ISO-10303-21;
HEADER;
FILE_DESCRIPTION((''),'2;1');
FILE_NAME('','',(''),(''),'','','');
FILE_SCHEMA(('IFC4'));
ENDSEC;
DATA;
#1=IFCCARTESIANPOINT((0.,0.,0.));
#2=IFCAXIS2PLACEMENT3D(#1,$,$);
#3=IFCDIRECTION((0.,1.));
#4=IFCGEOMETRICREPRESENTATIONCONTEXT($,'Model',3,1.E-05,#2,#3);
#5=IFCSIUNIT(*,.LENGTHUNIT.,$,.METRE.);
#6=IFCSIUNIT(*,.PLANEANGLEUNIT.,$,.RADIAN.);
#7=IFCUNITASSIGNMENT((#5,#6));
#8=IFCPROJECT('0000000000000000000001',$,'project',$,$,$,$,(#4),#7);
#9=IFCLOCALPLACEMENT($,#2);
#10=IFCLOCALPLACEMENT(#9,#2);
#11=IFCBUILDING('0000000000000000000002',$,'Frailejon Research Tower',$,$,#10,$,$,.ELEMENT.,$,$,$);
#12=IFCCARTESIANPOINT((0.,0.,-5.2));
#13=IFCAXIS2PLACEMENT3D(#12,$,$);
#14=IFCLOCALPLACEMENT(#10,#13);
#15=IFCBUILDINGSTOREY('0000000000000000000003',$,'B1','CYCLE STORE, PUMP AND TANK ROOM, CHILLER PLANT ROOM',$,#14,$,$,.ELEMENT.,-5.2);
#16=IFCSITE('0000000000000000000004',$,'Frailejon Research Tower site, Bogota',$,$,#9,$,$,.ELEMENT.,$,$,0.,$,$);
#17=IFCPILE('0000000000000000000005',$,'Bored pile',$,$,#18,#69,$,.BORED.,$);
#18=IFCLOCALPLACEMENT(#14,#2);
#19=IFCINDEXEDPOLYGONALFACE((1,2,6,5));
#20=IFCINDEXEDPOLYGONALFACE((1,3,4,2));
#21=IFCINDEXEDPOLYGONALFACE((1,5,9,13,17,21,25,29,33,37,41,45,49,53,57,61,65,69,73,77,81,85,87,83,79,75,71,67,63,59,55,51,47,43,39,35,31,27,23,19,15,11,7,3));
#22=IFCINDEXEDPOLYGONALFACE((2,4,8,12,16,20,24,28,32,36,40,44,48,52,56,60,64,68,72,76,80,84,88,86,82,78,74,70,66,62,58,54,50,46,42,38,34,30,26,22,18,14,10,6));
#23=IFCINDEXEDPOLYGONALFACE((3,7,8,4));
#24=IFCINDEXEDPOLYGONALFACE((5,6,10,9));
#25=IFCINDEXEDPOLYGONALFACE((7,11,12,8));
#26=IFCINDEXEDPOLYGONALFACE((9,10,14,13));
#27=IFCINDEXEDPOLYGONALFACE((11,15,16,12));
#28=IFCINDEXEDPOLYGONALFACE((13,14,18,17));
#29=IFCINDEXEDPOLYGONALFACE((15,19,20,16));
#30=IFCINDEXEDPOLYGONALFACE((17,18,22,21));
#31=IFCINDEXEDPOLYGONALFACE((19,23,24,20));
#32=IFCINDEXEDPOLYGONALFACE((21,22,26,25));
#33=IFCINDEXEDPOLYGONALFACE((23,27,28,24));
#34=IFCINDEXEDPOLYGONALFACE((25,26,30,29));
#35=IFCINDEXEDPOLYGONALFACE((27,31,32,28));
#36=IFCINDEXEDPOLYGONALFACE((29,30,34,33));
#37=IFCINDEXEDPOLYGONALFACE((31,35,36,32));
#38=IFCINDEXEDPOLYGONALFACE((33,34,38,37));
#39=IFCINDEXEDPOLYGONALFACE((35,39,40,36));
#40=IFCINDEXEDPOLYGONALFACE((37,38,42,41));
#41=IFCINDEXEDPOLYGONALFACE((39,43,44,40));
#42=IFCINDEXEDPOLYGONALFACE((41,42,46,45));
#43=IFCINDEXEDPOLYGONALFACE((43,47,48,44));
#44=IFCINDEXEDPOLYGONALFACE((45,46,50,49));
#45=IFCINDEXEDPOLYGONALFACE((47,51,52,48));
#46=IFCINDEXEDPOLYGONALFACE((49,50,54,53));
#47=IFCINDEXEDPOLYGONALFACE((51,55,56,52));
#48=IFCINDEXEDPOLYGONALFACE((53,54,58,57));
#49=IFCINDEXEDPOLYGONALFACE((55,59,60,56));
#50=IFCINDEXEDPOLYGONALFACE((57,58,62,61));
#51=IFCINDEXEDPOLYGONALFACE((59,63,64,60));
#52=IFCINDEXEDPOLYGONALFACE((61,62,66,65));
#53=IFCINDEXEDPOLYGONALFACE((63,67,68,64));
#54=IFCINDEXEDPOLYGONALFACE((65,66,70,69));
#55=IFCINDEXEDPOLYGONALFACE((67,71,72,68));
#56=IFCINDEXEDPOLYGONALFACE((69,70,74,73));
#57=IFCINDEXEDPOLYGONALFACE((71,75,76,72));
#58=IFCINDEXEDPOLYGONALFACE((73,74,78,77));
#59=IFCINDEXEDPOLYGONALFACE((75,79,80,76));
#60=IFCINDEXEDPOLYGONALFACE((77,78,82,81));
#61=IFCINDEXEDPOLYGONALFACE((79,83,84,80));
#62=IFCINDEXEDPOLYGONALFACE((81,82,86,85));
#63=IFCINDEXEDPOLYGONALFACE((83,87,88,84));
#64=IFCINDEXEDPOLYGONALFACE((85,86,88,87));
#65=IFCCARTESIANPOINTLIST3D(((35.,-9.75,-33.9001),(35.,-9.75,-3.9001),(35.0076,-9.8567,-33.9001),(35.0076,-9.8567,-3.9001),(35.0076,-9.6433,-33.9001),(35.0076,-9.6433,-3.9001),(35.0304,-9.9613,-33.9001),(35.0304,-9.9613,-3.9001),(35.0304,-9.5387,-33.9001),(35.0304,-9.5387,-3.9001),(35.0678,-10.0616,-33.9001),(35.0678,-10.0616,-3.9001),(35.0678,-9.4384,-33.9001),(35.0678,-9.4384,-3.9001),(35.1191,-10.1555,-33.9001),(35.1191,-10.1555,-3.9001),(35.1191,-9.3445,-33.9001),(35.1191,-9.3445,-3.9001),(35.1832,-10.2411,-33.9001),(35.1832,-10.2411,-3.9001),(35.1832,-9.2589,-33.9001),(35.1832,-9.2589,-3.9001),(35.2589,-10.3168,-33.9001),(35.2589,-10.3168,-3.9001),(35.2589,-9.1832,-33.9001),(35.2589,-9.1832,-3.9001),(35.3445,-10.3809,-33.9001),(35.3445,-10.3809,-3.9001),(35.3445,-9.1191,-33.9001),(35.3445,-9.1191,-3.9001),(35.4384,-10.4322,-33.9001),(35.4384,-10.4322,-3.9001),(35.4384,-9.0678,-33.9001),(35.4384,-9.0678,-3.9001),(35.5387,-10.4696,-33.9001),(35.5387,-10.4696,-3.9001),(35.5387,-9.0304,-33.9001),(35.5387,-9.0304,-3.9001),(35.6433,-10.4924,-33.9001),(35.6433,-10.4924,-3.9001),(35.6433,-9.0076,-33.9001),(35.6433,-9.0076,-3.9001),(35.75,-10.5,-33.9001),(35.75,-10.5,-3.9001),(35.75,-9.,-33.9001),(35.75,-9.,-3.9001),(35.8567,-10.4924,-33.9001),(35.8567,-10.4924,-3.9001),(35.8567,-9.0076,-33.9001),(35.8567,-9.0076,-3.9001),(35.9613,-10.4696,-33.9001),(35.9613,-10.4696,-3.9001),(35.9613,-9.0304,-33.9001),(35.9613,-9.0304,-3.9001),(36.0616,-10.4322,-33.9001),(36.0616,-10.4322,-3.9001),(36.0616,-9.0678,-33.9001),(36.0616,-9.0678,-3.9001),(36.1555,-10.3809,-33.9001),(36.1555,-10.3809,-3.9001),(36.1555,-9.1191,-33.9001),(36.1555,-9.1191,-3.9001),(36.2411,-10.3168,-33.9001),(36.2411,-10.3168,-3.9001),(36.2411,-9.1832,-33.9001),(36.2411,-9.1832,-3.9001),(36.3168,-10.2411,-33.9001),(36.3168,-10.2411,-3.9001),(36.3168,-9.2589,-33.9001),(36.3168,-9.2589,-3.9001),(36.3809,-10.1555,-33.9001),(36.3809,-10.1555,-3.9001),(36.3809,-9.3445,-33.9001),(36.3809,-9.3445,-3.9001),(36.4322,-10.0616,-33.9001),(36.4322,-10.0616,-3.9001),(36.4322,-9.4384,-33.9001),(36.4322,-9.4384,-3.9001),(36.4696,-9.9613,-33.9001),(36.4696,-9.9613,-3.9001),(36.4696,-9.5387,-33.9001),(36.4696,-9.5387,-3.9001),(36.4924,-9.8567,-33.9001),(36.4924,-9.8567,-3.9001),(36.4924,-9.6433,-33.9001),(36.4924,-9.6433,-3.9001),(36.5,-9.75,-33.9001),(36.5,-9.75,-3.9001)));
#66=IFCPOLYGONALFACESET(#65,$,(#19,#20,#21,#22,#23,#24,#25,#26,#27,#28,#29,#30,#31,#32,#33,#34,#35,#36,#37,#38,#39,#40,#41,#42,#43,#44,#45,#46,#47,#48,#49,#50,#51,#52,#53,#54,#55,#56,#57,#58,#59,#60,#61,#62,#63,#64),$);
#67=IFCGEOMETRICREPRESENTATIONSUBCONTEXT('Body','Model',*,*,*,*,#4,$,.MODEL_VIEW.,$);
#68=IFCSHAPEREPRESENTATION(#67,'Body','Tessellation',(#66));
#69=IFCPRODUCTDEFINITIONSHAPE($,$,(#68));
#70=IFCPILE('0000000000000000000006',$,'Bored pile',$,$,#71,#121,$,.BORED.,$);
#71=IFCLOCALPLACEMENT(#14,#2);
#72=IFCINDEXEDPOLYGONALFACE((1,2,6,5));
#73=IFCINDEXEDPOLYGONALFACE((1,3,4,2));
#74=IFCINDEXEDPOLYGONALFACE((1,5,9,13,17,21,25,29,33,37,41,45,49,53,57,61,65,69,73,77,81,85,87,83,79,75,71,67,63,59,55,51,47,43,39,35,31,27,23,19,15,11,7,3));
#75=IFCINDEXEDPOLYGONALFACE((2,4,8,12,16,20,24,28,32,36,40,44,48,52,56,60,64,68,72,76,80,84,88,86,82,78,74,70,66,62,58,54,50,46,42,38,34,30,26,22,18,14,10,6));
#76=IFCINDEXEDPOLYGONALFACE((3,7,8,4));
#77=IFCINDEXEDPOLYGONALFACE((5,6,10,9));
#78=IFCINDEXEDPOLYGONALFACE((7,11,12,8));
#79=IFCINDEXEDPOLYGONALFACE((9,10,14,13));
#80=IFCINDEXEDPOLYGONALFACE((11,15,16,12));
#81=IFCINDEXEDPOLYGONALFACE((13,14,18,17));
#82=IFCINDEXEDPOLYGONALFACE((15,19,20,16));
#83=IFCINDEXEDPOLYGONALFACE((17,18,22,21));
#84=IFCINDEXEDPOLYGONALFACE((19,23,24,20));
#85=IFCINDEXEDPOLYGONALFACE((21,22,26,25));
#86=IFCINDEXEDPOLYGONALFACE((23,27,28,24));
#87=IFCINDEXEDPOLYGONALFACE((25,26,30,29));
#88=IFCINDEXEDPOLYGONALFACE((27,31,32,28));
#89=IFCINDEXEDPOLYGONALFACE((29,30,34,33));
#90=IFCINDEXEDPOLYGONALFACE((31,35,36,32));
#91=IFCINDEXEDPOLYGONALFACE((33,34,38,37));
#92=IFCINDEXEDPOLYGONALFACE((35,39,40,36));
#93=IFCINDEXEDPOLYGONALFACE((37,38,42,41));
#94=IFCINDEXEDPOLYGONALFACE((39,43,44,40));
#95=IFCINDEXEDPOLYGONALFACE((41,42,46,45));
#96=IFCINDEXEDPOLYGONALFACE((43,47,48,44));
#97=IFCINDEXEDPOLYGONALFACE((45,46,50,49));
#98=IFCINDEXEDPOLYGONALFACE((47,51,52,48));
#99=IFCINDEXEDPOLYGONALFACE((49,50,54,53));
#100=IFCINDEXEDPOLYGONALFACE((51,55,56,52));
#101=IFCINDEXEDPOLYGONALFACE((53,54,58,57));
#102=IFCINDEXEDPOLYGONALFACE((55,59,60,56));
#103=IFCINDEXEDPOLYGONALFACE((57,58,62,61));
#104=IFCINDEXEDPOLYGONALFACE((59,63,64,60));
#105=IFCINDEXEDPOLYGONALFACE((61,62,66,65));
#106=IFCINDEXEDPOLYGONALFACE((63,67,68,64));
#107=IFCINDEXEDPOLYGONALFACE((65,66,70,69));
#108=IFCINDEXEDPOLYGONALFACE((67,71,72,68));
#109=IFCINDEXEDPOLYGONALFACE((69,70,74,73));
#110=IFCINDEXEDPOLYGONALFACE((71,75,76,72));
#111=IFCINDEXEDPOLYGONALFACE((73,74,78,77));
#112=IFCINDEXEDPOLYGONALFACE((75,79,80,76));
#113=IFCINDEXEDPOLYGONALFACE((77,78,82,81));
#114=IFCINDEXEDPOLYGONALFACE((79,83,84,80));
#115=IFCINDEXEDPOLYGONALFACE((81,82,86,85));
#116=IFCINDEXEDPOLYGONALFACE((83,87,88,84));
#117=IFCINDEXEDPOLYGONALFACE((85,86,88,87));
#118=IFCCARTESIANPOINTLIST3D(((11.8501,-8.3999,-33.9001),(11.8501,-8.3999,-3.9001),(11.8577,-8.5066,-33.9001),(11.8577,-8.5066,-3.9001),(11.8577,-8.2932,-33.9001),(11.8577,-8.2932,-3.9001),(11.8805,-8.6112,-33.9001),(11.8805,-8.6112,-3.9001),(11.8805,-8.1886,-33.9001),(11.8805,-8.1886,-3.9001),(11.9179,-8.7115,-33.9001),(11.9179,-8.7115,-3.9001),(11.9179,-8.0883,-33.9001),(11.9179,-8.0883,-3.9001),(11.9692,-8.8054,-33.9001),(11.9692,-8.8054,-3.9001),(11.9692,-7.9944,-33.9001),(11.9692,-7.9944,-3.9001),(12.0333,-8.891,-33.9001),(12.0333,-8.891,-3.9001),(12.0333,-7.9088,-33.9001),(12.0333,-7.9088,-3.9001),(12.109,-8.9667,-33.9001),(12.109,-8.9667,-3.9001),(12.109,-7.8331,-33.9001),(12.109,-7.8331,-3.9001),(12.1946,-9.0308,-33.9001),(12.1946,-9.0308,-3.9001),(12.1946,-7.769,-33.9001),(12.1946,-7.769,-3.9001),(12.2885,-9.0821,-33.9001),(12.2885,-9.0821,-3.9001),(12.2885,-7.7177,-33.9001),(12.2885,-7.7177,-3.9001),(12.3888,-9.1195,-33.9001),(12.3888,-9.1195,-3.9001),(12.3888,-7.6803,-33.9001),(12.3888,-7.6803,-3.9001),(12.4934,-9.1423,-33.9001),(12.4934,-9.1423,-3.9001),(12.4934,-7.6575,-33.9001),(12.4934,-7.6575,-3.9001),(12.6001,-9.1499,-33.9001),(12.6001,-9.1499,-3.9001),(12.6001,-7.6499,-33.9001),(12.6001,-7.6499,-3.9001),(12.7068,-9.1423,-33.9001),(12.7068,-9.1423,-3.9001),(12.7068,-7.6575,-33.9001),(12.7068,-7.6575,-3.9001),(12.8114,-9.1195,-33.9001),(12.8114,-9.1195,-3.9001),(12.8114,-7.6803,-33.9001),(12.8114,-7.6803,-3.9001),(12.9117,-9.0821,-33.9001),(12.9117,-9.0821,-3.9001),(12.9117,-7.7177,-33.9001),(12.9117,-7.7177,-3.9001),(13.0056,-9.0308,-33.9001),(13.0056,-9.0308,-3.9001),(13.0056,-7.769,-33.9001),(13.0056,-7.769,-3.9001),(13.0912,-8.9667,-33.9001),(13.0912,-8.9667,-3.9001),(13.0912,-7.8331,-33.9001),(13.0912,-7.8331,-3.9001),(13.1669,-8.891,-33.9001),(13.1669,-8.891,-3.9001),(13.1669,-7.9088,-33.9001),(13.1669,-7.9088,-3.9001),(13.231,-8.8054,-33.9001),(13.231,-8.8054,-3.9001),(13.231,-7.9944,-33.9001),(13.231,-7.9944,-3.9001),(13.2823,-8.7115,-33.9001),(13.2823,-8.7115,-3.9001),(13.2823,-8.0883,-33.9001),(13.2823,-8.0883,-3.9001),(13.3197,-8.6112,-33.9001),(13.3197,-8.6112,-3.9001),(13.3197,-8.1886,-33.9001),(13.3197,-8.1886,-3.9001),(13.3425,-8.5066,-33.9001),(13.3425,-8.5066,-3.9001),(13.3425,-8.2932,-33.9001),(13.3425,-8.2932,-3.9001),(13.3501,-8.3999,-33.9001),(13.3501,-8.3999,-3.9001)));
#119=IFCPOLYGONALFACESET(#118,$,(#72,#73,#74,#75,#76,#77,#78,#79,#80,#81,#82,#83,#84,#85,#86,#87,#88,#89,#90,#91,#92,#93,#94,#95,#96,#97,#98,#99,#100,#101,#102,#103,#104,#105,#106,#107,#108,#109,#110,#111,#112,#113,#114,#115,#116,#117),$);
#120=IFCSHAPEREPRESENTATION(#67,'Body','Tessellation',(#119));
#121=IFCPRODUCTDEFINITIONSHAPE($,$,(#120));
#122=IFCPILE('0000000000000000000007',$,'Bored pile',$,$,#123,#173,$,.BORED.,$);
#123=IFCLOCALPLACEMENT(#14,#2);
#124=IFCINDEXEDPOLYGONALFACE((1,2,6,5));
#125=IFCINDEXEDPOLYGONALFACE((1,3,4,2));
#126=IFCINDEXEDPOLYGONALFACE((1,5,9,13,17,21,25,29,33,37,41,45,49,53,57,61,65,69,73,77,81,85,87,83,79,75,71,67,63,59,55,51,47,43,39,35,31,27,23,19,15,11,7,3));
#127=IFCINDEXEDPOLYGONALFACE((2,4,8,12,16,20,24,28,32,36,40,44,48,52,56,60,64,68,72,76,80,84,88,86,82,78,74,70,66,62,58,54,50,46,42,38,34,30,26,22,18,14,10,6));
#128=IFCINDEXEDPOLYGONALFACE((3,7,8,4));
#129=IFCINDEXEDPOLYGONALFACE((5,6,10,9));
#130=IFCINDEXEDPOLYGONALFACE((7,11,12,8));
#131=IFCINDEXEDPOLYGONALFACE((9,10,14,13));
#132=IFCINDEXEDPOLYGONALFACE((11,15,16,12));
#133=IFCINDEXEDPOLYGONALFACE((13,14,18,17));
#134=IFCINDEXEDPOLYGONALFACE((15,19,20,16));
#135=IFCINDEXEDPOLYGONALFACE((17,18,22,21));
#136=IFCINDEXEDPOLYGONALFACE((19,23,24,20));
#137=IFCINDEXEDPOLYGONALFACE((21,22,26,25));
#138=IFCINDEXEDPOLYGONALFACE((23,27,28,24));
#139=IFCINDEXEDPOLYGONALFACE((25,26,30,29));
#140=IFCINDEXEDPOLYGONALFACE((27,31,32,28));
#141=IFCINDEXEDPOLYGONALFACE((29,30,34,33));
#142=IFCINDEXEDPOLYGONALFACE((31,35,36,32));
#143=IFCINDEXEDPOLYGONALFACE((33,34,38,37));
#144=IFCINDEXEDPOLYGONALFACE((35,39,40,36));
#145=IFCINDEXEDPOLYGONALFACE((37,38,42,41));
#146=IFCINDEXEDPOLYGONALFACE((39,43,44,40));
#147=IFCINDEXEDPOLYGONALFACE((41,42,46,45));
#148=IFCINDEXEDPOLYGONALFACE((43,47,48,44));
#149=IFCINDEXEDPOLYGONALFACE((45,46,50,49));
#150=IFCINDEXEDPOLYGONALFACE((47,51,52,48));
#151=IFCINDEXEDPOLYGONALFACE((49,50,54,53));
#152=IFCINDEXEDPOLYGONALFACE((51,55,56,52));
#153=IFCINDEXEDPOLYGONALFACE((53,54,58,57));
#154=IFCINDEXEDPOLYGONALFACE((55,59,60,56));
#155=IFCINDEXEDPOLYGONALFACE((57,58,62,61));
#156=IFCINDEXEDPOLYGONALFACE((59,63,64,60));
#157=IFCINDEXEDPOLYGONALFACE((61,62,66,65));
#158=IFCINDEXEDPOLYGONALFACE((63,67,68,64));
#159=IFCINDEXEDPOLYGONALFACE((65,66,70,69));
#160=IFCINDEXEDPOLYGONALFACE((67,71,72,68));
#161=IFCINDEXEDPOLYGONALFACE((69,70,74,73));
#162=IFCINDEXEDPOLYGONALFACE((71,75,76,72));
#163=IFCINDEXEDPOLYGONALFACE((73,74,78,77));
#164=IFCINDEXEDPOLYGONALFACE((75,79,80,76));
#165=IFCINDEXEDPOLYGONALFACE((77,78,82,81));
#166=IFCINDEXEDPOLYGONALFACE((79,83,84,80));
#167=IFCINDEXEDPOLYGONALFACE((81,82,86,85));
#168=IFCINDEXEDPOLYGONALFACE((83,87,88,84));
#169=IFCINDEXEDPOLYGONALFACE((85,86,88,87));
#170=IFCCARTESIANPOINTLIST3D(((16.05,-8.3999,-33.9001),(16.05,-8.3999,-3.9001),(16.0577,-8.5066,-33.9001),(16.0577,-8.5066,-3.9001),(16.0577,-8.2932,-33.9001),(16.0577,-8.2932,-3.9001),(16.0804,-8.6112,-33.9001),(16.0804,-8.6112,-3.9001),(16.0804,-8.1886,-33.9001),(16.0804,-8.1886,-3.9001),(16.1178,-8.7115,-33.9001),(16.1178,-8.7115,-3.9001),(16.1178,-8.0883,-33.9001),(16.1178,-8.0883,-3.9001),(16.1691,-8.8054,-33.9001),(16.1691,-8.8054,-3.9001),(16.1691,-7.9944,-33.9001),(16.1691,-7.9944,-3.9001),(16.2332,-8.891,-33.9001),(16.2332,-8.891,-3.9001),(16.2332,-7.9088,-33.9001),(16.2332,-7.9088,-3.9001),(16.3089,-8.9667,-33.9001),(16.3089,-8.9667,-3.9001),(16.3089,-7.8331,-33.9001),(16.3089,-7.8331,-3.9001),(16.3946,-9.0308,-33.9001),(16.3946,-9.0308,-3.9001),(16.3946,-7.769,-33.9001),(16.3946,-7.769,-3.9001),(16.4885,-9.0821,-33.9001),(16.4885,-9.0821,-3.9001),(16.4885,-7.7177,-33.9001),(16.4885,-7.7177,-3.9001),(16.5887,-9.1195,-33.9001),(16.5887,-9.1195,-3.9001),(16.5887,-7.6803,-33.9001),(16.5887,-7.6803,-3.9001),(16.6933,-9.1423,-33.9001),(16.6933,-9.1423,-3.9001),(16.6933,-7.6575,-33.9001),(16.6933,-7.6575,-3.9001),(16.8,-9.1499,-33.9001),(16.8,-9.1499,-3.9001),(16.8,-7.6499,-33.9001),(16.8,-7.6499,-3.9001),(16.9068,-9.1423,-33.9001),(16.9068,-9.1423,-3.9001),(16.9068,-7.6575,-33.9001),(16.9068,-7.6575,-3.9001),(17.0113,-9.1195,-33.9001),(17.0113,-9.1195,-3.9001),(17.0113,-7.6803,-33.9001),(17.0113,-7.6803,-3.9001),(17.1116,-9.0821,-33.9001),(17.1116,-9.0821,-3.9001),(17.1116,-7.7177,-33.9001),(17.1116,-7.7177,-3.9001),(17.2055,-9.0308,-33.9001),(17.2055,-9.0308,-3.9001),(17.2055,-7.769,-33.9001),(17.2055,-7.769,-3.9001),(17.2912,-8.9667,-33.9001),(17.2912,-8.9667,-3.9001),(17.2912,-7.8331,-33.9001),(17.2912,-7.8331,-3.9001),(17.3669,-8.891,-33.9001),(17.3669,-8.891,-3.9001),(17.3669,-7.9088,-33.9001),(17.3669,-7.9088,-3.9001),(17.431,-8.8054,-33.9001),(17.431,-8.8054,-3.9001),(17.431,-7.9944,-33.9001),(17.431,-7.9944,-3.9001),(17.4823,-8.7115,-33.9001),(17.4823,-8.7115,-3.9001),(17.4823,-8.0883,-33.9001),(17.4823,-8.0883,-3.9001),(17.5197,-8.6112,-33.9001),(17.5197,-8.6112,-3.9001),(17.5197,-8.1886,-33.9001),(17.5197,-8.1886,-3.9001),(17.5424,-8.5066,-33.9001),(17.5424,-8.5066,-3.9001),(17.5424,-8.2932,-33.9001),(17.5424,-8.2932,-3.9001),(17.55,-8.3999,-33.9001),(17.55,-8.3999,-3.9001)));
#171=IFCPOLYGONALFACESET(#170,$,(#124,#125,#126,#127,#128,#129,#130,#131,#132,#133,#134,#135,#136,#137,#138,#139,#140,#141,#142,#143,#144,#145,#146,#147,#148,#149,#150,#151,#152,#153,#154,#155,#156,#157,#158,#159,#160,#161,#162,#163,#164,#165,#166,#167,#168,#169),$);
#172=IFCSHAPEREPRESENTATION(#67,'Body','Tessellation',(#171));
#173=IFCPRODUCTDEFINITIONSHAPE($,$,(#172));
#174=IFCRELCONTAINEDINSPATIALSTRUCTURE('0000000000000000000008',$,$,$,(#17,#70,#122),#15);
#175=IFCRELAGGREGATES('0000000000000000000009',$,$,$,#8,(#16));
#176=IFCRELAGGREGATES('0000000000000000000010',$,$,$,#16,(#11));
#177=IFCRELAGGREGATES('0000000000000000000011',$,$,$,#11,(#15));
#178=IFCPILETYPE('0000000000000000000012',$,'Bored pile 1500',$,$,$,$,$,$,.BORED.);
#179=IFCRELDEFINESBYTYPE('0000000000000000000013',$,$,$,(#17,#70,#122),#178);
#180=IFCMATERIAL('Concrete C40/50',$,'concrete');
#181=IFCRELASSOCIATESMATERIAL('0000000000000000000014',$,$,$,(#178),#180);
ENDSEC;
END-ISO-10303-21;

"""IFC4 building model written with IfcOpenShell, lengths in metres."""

from ifc_helpers import new_model, si_unit, direction, frame, origin, origin_2d, place, context, subcontext, project, spatial, circle, extrude, material, material_profile, profile_set, type_object, element, save


model = new_model("IFC4")

# Units and contexts
model_context = context("Model", 3, precision=1e-05, world=origin(), true_north=direction((0.0, 1.0)))
body_context = subcontext(model_context, "Body", "Model", "MODEL_VIEW")
ifc_project = project(units=[si_unit("LENGTHUNIT", "METRE"), si_unit("PLANEANGLEUNIT", "RADIAN")], contexts=[model_context])

# Site, building, storey
site_placement = place(None, origin())
site = spatial("IfcSite", under=ifc_project, at=site_placement, Name="Frailejon Research Tower site, Bogota", CompositionType="ELEMENT", RefElevation=0.0)
building_placement = place(site_placement, origin())
building = spatial("IfcBuilding", under=site, at=building_placement, Name="Frailejon Research Tower", CompositionType="ELEMENT")
storey_placement = place(building_placement, frame((0.0, 0.0, -5.2)))
storey = spatial("IfcBuildingStorey", under=building, at=storey_placement, Name="B1", Description="CYCLE STORE, PUMP AND TANK ROOM, CHILLER PLANT ROOM", CompositionType="ELEMENT", Elevation=-5.2)

# Piles
ifc_material_1 = material(Name="Concrete C40/50", Category="concrete")
ifc_material_profile_1 = material_profile(ifc_material_1, circle(Radius=0.75, at=origin_2d()), Name="Bored pile 1500")
ifc_profile_set_1 = profile_set([ifc_material_profile_1], Name="Concrete C40/50")
pile_type = type_object("IfcPileType", Name="Bored pile 1500", PredefinedType="BORED", material=ifc_profile_set_1)
for number, where, z_axis, x_axis, name in (
    (1, (35.75, -9.75, -3.9001), (0.0, 0.0, -1.0), (1.0, 0.0, 0.0), "Bored pile"),
    (2, (12.6001, -8.3999, -3.9001), (0.0, 0.0, -1.0), (1.0, 0.0, 0.0), "Bored pile"),
    (3, (16.8, -8.3999, -3.9001), (0.0, 0.0, -1.0), (1.0, 0.0, 0.0), "Bored pile"),
):
    element("IfcPile", number, at=place(storey_placement, frame(where, z_axis=z_axis, x_axis=x_axis)), inside=storey, type_object=pile_type, Name=name, PredefinedType="BORED", context=body_context, shape_type="SweptSolid", body=[
        extrude(circle(Radius=0.75, at=origin_2d()), origin(), (0.0, 0.0, 1.0), 30.0),
    ])

save(model, "model.ifc")
